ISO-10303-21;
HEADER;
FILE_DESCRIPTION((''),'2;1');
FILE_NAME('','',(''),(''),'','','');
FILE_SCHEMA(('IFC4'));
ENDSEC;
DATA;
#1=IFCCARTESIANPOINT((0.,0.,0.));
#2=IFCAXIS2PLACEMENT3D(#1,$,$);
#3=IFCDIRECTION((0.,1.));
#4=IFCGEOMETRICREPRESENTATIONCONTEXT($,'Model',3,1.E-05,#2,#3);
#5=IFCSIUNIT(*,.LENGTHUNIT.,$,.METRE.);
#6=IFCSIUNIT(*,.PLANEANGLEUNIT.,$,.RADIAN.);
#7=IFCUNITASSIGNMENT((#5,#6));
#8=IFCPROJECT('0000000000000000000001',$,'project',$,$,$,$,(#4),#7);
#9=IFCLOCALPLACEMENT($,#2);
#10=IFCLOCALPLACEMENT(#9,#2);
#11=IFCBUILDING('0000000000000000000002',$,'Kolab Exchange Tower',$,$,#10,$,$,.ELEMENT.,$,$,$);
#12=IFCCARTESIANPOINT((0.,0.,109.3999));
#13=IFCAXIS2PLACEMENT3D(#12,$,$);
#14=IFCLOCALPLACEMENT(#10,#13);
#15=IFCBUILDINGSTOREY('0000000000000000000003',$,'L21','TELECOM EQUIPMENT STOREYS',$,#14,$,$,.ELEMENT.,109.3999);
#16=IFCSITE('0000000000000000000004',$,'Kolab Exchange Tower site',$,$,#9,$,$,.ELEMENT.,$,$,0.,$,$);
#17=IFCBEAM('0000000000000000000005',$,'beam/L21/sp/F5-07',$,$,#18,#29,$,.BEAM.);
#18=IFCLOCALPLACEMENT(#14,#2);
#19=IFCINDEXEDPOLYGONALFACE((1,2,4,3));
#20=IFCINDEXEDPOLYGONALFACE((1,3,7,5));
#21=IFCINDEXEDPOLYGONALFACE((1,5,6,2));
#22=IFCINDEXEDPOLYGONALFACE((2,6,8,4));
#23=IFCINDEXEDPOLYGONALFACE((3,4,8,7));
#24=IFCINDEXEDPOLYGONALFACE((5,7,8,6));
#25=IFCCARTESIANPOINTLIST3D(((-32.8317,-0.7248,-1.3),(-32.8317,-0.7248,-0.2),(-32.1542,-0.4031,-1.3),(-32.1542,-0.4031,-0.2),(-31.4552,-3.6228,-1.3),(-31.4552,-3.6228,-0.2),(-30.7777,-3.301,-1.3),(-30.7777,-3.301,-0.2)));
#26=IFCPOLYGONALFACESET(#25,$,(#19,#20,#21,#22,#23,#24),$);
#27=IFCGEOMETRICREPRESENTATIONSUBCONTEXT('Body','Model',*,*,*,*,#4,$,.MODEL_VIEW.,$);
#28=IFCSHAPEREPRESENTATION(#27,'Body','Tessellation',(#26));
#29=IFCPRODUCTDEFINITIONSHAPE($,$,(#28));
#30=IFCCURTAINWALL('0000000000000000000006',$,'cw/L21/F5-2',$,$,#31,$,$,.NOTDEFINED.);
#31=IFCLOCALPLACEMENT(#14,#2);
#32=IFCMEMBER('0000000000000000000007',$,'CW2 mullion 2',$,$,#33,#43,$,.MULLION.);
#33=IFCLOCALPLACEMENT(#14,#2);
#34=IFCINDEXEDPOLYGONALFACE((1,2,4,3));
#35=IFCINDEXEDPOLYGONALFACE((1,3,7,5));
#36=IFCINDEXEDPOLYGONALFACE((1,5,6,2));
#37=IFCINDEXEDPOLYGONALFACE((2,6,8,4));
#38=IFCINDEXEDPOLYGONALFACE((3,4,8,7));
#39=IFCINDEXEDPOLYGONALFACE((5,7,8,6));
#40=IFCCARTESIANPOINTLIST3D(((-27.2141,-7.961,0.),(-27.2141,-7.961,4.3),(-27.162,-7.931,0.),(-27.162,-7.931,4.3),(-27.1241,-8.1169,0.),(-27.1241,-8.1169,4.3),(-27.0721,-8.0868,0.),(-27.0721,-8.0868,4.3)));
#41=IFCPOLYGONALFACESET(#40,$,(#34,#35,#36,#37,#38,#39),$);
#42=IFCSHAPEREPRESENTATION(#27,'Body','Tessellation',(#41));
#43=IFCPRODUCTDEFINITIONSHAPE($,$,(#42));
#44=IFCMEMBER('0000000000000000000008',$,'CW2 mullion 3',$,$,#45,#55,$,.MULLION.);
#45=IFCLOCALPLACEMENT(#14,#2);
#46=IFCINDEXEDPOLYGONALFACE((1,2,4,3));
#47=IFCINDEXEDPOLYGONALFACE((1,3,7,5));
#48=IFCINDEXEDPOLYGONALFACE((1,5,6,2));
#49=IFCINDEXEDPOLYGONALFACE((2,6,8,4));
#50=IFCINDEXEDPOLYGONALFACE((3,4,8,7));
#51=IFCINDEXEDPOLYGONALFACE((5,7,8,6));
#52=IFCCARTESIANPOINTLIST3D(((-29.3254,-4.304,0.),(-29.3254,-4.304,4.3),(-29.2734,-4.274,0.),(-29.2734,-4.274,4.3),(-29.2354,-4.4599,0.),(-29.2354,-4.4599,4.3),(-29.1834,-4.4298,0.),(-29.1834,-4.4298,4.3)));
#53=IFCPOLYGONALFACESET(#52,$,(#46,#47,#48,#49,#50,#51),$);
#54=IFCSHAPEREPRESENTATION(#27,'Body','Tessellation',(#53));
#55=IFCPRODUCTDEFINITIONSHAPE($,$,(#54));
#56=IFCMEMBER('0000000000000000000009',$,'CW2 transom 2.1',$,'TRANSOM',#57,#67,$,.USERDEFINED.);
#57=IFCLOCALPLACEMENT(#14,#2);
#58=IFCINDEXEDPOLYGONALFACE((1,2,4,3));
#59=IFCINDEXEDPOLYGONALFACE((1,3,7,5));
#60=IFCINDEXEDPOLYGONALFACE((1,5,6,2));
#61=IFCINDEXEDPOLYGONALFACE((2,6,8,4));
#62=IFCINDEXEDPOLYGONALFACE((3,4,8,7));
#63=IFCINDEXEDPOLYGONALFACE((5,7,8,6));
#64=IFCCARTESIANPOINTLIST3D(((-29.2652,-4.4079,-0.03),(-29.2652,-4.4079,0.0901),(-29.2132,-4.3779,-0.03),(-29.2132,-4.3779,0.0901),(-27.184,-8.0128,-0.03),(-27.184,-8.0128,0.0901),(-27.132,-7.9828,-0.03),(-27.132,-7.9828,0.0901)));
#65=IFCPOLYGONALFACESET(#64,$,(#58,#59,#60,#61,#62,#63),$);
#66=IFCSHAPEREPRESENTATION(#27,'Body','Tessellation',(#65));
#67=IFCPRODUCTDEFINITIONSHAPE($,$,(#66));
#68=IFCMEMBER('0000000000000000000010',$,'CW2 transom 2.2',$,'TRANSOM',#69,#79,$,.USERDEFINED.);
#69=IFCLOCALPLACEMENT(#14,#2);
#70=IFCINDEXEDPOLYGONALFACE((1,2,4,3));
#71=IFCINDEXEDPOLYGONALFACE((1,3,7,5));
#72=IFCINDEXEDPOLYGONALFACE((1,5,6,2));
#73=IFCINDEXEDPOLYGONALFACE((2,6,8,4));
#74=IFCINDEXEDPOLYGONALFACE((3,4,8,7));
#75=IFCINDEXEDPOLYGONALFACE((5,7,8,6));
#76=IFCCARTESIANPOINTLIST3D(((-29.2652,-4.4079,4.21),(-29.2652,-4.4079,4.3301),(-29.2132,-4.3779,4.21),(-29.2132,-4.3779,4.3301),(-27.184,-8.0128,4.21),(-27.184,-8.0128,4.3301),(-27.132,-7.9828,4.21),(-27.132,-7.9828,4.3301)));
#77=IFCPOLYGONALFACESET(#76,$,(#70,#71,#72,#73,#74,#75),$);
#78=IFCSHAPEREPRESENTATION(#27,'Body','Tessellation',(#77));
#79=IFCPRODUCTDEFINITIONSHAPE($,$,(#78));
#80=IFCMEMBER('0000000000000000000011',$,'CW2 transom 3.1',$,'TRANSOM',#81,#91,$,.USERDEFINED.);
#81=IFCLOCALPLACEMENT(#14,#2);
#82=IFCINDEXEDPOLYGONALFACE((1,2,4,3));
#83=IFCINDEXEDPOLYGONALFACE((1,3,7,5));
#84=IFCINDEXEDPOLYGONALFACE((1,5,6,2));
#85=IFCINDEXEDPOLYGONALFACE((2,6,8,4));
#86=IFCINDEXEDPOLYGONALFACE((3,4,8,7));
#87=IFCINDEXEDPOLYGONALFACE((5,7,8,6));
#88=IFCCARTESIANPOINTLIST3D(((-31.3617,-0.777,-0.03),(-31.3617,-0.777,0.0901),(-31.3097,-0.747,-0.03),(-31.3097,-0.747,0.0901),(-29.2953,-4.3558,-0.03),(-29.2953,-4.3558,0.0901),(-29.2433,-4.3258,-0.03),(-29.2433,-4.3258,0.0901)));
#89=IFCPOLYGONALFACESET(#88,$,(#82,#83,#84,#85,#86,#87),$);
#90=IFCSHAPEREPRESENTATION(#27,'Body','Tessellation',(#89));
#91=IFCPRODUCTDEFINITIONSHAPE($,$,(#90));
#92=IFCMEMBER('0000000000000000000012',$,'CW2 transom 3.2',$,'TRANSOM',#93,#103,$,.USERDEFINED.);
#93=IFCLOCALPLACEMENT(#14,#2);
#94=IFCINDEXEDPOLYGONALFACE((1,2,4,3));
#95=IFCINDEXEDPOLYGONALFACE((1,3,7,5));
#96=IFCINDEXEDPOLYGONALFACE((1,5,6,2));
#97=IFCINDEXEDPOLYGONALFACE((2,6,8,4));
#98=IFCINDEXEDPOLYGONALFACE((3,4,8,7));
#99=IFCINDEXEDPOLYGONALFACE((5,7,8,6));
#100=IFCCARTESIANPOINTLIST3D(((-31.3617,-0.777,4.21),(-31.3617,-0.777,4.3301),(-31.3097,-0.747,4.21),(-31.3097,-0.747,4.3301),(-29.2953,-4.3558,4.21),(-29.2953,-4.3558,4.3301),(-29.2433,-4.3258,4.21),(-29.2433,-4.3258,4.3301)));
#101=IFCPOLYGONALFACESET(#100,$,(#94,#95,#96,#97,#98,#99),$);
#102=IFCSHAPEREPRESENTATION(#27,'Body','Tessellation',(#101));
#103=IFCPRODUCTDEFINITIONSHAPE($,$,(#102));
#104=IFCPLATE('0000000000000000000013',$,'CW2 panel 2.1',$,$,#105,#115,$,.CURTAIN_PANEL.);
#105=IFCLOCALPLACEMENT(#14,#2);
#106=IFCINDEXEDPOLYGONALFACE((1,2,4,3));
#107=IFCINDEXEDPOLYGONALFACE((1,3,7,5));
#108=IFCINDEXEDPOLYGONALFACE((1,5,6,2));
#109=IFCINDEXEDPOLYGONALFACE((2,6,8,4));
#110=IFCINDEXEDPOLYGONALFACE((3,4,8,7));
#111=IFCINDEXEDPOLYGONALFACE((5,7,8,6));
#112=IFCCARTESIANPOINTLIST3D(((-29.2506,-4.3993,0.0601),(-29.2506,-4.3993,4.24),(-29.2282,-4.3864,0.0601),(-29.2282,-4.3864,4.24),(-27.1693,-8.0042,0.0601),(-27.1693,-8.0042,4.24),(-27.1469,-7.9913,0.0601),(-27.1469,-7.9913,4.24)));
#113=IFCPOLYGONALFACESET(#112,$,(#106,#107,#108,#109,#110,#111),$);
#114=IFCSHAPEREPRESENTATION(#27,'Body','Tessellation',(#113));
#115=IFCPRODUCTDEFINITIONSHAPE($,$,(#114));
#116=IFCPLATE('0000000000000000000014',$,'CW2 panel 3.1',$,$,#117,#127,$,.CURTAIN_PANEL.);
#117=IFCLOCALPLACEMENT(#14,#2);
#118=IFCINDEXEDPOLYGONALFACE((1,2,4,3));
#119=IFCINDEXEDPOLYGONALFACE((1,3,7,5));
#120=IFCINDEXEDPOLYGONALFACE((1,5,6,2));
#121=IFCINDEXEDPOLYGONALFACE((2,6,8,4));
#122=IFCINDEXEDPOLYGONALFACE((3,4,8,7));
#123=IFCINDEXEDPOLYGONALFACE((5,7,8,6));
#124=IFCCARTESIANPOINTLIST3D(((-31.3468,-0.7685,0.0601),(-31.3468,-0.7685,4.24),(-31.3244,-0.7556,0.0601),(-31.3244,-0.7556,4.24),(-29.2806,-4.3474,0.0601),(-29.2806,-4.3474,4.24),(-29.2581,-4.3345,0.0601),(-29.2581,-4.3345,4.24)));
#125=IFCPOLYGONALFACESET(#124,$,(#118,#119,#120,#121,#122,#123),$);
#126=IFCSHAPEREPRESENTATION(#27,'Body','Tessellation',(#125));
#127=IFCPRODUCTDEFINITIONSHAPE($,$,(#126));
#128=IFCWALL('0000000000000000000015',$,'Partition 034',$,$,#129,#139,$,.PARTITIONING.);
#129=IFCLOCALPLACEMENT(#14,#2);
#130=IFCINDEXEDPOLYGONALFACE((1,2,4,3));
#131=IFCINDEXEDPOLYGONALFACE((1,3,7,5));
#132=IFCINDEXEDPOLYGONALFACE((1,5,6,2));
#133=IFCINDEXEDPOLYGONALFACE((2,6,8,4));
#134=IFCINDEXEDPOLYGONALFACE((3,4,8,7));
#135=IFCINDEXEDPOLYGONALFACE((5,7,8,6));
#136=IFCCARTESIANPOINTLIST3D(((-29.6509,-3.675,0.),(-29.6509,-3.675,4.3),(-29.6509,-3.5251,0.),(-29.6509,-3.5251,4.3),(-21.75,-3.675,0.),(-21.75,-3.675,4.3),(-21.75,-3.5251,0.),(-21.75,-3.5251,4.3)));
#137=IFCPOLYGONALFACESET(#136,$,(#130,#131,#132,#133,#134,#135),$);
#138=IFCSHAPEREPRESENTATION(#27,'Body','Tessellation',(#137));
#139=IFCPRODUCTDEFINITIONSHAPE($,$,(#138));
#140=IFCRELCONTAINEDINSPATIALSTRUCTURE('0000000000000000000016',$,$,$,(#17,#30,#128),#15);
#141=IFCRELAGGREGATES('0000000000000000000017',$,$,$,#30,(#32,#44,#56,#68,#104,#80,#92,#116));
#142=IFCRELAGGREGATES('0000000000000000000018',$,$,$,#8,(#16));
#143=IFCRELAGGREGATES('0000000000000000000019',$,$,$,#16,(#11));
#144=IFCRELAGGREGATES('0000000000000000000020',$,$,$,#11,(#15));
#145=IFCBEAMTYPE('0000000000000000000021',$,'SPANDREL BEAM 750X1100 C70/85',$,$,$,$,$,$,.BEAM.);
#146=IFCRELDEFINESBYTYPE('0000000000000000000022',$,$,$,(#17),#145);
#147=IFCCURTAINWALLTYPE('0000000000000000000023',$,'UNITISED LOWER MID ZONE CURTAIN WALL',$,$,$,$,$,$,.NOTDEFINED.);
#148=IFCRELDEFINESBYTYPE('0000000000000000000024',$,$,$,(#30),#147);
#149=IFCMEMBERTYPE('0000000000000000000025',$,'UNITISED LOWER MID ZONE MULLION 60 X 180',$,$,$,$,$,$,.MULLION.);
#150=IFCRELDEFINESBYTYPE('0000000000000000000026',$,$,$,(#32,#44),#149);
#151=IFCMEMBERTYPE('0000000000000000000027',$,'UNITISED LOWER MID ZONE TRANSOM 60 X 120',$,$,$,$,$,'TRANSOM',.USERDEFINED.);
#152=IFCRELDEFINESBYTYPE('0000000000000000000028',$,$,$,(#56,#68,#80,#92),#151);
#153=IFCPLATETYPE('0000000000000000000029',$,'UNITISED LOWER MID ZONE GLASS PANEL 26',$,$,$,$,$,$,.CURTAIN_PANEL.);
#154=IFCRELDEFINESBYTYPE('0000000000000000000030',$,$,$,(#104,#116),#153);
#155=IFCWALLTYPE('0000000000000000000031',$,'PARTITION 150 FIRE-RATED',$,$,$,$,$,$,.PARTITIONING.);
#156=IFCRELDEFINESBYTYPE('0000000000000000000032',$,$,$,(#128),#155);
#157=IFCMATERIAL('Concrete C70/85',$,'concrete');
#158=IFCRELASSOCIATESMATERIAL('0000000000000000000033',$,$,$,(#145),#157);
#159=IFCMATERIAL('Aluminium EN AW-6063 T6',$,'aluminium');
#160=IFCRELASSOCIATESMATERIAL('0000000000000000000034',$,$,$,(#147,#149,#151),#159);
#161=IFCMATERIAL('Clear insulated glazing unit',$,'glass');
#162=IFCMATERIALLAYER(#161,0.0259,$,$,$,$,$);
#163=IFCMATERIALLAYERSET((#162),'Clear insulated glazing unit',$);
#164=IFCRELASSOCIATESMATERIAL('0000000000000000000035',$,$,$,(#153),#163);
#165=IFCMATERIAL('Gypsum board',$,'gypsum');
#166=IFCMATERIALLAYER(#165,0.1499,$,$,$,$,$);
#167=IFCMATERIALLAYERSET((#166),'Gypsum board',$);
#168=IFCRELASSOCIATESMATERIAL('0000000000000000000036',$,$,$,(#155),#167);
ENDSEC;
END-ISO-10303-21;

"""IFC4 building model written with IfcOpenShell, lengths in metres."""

from ifc_helpers import new_model, si_unit, direction, frame, frame_2d, origin, origin_2d, place, context, subcontext, project, spatial, rectangle, extrude, material, layer, layer_set, material_profile, profile_set, type_object, element, aggregate, save


model = new_model("IFC4")

# Units and contexts
model_context = context("Model", 3, precision=1e-05, world=origin(), true_north=direction((0.0, 1.0)))
body_context = subcontext(model_context, "Body", "Model", "MODEL_VIEW")
ifc_project = project(units=[si_unit("LENGTHUNIT", "METRE"), si_unit("PLANEANGLEUNIT", "RADIAN")], contexts=[model_context])

# Site, building, storey
site_placement = place(None, origin())
site = spatial("IfcSite", under=ifc_project, at=site_placement, Name="Kolab Exchange Tower site", CompositionType="ELEMENT", RefElevation=0.0)
building_placement = place(site_placement, origin())
building = spatial("IfcBuilding", under=site, at=building_placement, Name="Kolab Exchange Tower", CompositionType="ELEMENT")
storey_placement = place(building_placement, frame((0.0, 0.0, 109.3999)))
storey = spatial("IfcBuildingStorey", under=building, at=storey_placement, Name="L21", Description="TELECOM EQUIPMENT STOREYS", CompositionType="ELEMENT", Elevation=109.3999)

# Shared definitions
ifc_material_1 = material(Name="Concrete C70/85", Category="concrete")

# Beam
ifc_material_profile_1 = material_profile(ifc_material_1, rectangle(XDim=0.75, YDim=1.1001, at=origin_2d()), Name="RC750X1100")
ifc_profile_set_1 = profile_set([ifc_material_profile_1], Name="Concrete C70/85")
beam_type_1 = type_object("IfcBeamType", Name="SPANDREL BEAM 750X1100 C70/85", PredefinedType="BEAM", material=ifc_profile_set_1)
beam_1_placement = place(storey_placement, frame((-31.1165, -3.4619, -0.75), z_axis=(-0.429041, 0.903285, 0.0), x_axis=(-0.903285, -0.429041, 0.0)))
element("IfcBeam", 1, at=beam_1_placement, inside=storey, type_object=beam_type_1, Name="beam/L21/sp/F5-07", PredefinedType="BEAM", context=body_context, shape_type="SweptSolid", body=[
    extrude(rectangle(XDim=0.75, YDim=1.1001, at=origin_2d()), origin(), (0.0, 0.0, 1.0), 3.2083),
])

# Curtain wall, members, plates
ifc_material_2 = material(Name="Aluminium EN AW-6063 T6", Category="aluminium")
curtain_wall_type = type_object("IfcCurtainWallType", Name="UNITISED LOWER MID ZONE CURTAIN WALL", PredefinedType="NOTDEFINED", material=ifc_material_2)
curtain_wall_placement = place(storey_placement, origin())
curtain_wall = element("IfcCurtainWall", 2, at=curtain_wall_placement, inside=storey, type_object=curtain_wall_type, Name="cw/L21/F5-2", PredefinedType="NOTDEFINED")
ifc_material_profile_2 = material_profile(ifc_material_2, rectangle(XDim=0.0601, YDim=0.1799, at=origin_2d()), Name="RECT 60X180")
ifc_profile_set_2 = profile_set([ifc_material_profile_2], Name="Aluminium EN AW-6063 T6")
member_type_1 = type_object("IfcMemberType", Name="UNITISED LOWER MID ZONE MULLION 60 X 180", PredefinedType="MULLION", material=ifc_profile_set_2)
member_1_placement = place(storey_placement, frame((-27.1431, -8.0239, 0.0), z_axis=(0.0, 0.0, 1.0), x_axis=(-0.866025, -0.5, 0.0)))
member_1 = element("IfcMember", 3, at=member_1_placement, type_object=member_type_1, Name="CW2 mullion 2", PredefinedType="MULLION", context=body_context, shape_type="SweptSolid", body=[
    extrude(rectangle(XDim=0.0601, YDim=0.1799, at=origin_2d()), origin(), (0.0, 0.0, 1.0), 4.3),
])
member_2_placement = place(storey_placement, frame((-29.2544, -4.3669, 0.0), z_axis=(0.0, 0.0, 1.0), x_axis=(-0.866025, -0.5, 0.0)))
member_2 = element("IfcMember", 4, at=member_2_placement, type_object=member_type_1, Name="CW2 mullion 3", PredefinedType="MULLION", context=body_context, shape_type="SweptSolid", body=[
    extrude(rectangle(XDim=0.0601, YDim=0.1799, at=origin_2d()), origin(), (0.0, 0.0, 1.0), 4.3),
])
ifc_material_profile_3 = material_profile(ifc_material_2, rectangle(XDim=0.0601, YDim=0.1201, at=origin_2d()), Name="RECT 60X120")
ifc_profile_set_3 = profile_set([ifc_material_profile_3], Name="Aluminium EN AW-6063 T6")
member_type_2 = type_object("IfcMemberType", Name="UNITISED LOWER MID ZONE TRANSOM 60 X 120", ElementType="TRANSOM", PredefinedType="USERDEFINED", material=ifc_profile_set_3)
member_3_placement = place(storey_placement, frame((-27.158, -7.9978, 0.03), z_axis=(-0.499993, 0.866029, 0.0), x_axis=(-0.866029, -0.499993, 0.0)))
member_3 = element("IfcMember", 5, at=member_3_placement, type_object=member_type_2, Name="CW2 transom 2.1", ObjectType="TRANSOM", PredefinedType="USERDEFINED", context=body_context, shape_type="SweptSolid", body=[
    extrude(rectangle(XDim=0.0601, YDim=0.1201, at=origin_2d()), origin(), (0.0, 0.0, 1.0), 4.1626),
])
member_4_placement = place(storey_placement, frame((-27.158, -7.9978, 4.27), z_axis=(-0.499993, 0.866029, 0.0), x_axis=(-0.866029, -0.499993, 0.0)))
member_4 = element("IfcMember", 6, at=member_4_placement, type_object=member_type_2, Name="CW2 transom 2.2", ObjectType="TRANSOM", PredefinedType="USERDEFINED", context=body_context, shape_type="SweptSolid", body=[
    extrude(rectangle(XDim=0.0601, YDim=0.1201, at=origin_2d()), origin(), (0.0, 0.0, 1.0), 4.1626),
])
member_5_placement = place(storey_placement, frame((-29.2693, -4.3408, 0.03), z_axis=(-0.500028, 0.866009, 0.0), x_axis=(-0.866009, -0.500028, 0.0)))
member_5 = element("IfcMember", 7, at=member_5_placement, type_object=member_type_2, Name="CW2 transom 3.1", ObjectType="TRANSOM", PredefinedType="USERDEFINED", context=body_context, shape_type="SweptSolid", body=[
    extrude(rectangle(XDim=0.0601, YDim=0.1201, at=origin_2d()), origin(), (0.0, 0.0, 1.0), 4.1326),
])
member_6_placement = place(storey_placement, frame((-29.2693, -4.3408, 4.27), z_axis=(-0.500028, 0.866009, 0.0), x_axis=(-0.866009, -0.500028, 0.0)))
member_6 = element("IfcMember", 8, at=member_6_placement, type_object=member_type_2, Name="CW2 transom 3.2", ObjectType="TRANSOM", PredefinedType="USERDEFINED", context=body_context, shape_type="SweptSolid", body=[
    extrude(rectangle(XDim=0.0601, YDim=0.1201, at=origin_2d()), origin(), (0.0, 0.0, 1.0), 4.1326),
])
ifc_material_3 = material(Name="Clear insulated glazing unit", Category="glass")
ifc_layer_1 = layer(ifc_material_3, 0.0259)
ifc_layer_set_1 = layer_set([ifc_layer_1], Name="Clear insulated glazing unit")
plate_type = type_object("IfcPlateType", Name="UNITISED LOWER MID ZONE GLASS PANEL 26", PredefinedType="CURTAIN_PANEL", material=ifc_layer_set_1)
plate_1_placement = place(storey_placement, frame((-28.1987, -6.1953, 0.0601), z_axis=(0.0, 0.0, 1.0), x_axis=(-0.5, 0.866025, 0.0)))
plate_1 = element("IfcPlate", 9, at=plate_1_placement, type_object=plate_type, Name="CW2 panel 2.1", PredefinedType="CURTAIN_PANEL", context=body_context, shape_type="SweptSolid", body=[
    extrude(rectangle(XDim=4.1626, YDim=0.0259, at=origin_2d()), origin(), (0.0, 0.0, 1.0), 4.1799),
])
plate_2_placement = place(storey_placement, frame((-30.3025, -2.5515, 0.0601), z_axis=(0.0, 0.0, 1.0), x_axis=(-0.5, 0.866025, 0.0)))
plate_2 = element("IfcPlate", 10, at=plate_2_placement, type_object=plate_type, Name="CW2 panel 3.1", PredefinedType="CURTAIN_PANEL", context=body_context, shape_type="SweptSolid", body=[
    extrude(rectangle(XDim=4.1326, YDim=0.0259, at=origin_2d()), origin(), (0.0, 0.0, 1.0), 4.1799),
])
aggregate(curtain_wall, [member_1, member_2, member_3, member_4, plate_1, member_5, member_6, plate_2])

# Wall
ifc_material_4 = material(Name="Gypsum board", Category="gypsum")
ifc_layer_2 = layer(ifc_material_4, 0.1499)
ifc_layer_set_2 = layer_set([ifc_layer_2], Name="Gypsum board")
wall_type = type_object("IfcWallType", Name="PARTITION 150 FIRE-RATED", PredefinedType="PARTITIONING", material=ifc_layer_set_2)
wall_placement = place(storey_placement, frame((-29.6509, -3.6001, 0.0), z_axis=(0.0, 0.0, 1.0), x_axis=(1.0, 0.0, 0.0)))
element("IfcWall", 11, at=wall_placement, inside=storey, type_object=wall_type, Name="Partition 034", PredefinedType="PARTITIONING", context=body_context, shape_type="SweptSolid", body=[
    extrude(rectangle(XDim=7.9009, YDim=0.1499, at=frame_2d((3.9504, 0.0))), origin(), (0.0, 0.0, 1.0), 4.3),
])

save(model, "model.ifc")
